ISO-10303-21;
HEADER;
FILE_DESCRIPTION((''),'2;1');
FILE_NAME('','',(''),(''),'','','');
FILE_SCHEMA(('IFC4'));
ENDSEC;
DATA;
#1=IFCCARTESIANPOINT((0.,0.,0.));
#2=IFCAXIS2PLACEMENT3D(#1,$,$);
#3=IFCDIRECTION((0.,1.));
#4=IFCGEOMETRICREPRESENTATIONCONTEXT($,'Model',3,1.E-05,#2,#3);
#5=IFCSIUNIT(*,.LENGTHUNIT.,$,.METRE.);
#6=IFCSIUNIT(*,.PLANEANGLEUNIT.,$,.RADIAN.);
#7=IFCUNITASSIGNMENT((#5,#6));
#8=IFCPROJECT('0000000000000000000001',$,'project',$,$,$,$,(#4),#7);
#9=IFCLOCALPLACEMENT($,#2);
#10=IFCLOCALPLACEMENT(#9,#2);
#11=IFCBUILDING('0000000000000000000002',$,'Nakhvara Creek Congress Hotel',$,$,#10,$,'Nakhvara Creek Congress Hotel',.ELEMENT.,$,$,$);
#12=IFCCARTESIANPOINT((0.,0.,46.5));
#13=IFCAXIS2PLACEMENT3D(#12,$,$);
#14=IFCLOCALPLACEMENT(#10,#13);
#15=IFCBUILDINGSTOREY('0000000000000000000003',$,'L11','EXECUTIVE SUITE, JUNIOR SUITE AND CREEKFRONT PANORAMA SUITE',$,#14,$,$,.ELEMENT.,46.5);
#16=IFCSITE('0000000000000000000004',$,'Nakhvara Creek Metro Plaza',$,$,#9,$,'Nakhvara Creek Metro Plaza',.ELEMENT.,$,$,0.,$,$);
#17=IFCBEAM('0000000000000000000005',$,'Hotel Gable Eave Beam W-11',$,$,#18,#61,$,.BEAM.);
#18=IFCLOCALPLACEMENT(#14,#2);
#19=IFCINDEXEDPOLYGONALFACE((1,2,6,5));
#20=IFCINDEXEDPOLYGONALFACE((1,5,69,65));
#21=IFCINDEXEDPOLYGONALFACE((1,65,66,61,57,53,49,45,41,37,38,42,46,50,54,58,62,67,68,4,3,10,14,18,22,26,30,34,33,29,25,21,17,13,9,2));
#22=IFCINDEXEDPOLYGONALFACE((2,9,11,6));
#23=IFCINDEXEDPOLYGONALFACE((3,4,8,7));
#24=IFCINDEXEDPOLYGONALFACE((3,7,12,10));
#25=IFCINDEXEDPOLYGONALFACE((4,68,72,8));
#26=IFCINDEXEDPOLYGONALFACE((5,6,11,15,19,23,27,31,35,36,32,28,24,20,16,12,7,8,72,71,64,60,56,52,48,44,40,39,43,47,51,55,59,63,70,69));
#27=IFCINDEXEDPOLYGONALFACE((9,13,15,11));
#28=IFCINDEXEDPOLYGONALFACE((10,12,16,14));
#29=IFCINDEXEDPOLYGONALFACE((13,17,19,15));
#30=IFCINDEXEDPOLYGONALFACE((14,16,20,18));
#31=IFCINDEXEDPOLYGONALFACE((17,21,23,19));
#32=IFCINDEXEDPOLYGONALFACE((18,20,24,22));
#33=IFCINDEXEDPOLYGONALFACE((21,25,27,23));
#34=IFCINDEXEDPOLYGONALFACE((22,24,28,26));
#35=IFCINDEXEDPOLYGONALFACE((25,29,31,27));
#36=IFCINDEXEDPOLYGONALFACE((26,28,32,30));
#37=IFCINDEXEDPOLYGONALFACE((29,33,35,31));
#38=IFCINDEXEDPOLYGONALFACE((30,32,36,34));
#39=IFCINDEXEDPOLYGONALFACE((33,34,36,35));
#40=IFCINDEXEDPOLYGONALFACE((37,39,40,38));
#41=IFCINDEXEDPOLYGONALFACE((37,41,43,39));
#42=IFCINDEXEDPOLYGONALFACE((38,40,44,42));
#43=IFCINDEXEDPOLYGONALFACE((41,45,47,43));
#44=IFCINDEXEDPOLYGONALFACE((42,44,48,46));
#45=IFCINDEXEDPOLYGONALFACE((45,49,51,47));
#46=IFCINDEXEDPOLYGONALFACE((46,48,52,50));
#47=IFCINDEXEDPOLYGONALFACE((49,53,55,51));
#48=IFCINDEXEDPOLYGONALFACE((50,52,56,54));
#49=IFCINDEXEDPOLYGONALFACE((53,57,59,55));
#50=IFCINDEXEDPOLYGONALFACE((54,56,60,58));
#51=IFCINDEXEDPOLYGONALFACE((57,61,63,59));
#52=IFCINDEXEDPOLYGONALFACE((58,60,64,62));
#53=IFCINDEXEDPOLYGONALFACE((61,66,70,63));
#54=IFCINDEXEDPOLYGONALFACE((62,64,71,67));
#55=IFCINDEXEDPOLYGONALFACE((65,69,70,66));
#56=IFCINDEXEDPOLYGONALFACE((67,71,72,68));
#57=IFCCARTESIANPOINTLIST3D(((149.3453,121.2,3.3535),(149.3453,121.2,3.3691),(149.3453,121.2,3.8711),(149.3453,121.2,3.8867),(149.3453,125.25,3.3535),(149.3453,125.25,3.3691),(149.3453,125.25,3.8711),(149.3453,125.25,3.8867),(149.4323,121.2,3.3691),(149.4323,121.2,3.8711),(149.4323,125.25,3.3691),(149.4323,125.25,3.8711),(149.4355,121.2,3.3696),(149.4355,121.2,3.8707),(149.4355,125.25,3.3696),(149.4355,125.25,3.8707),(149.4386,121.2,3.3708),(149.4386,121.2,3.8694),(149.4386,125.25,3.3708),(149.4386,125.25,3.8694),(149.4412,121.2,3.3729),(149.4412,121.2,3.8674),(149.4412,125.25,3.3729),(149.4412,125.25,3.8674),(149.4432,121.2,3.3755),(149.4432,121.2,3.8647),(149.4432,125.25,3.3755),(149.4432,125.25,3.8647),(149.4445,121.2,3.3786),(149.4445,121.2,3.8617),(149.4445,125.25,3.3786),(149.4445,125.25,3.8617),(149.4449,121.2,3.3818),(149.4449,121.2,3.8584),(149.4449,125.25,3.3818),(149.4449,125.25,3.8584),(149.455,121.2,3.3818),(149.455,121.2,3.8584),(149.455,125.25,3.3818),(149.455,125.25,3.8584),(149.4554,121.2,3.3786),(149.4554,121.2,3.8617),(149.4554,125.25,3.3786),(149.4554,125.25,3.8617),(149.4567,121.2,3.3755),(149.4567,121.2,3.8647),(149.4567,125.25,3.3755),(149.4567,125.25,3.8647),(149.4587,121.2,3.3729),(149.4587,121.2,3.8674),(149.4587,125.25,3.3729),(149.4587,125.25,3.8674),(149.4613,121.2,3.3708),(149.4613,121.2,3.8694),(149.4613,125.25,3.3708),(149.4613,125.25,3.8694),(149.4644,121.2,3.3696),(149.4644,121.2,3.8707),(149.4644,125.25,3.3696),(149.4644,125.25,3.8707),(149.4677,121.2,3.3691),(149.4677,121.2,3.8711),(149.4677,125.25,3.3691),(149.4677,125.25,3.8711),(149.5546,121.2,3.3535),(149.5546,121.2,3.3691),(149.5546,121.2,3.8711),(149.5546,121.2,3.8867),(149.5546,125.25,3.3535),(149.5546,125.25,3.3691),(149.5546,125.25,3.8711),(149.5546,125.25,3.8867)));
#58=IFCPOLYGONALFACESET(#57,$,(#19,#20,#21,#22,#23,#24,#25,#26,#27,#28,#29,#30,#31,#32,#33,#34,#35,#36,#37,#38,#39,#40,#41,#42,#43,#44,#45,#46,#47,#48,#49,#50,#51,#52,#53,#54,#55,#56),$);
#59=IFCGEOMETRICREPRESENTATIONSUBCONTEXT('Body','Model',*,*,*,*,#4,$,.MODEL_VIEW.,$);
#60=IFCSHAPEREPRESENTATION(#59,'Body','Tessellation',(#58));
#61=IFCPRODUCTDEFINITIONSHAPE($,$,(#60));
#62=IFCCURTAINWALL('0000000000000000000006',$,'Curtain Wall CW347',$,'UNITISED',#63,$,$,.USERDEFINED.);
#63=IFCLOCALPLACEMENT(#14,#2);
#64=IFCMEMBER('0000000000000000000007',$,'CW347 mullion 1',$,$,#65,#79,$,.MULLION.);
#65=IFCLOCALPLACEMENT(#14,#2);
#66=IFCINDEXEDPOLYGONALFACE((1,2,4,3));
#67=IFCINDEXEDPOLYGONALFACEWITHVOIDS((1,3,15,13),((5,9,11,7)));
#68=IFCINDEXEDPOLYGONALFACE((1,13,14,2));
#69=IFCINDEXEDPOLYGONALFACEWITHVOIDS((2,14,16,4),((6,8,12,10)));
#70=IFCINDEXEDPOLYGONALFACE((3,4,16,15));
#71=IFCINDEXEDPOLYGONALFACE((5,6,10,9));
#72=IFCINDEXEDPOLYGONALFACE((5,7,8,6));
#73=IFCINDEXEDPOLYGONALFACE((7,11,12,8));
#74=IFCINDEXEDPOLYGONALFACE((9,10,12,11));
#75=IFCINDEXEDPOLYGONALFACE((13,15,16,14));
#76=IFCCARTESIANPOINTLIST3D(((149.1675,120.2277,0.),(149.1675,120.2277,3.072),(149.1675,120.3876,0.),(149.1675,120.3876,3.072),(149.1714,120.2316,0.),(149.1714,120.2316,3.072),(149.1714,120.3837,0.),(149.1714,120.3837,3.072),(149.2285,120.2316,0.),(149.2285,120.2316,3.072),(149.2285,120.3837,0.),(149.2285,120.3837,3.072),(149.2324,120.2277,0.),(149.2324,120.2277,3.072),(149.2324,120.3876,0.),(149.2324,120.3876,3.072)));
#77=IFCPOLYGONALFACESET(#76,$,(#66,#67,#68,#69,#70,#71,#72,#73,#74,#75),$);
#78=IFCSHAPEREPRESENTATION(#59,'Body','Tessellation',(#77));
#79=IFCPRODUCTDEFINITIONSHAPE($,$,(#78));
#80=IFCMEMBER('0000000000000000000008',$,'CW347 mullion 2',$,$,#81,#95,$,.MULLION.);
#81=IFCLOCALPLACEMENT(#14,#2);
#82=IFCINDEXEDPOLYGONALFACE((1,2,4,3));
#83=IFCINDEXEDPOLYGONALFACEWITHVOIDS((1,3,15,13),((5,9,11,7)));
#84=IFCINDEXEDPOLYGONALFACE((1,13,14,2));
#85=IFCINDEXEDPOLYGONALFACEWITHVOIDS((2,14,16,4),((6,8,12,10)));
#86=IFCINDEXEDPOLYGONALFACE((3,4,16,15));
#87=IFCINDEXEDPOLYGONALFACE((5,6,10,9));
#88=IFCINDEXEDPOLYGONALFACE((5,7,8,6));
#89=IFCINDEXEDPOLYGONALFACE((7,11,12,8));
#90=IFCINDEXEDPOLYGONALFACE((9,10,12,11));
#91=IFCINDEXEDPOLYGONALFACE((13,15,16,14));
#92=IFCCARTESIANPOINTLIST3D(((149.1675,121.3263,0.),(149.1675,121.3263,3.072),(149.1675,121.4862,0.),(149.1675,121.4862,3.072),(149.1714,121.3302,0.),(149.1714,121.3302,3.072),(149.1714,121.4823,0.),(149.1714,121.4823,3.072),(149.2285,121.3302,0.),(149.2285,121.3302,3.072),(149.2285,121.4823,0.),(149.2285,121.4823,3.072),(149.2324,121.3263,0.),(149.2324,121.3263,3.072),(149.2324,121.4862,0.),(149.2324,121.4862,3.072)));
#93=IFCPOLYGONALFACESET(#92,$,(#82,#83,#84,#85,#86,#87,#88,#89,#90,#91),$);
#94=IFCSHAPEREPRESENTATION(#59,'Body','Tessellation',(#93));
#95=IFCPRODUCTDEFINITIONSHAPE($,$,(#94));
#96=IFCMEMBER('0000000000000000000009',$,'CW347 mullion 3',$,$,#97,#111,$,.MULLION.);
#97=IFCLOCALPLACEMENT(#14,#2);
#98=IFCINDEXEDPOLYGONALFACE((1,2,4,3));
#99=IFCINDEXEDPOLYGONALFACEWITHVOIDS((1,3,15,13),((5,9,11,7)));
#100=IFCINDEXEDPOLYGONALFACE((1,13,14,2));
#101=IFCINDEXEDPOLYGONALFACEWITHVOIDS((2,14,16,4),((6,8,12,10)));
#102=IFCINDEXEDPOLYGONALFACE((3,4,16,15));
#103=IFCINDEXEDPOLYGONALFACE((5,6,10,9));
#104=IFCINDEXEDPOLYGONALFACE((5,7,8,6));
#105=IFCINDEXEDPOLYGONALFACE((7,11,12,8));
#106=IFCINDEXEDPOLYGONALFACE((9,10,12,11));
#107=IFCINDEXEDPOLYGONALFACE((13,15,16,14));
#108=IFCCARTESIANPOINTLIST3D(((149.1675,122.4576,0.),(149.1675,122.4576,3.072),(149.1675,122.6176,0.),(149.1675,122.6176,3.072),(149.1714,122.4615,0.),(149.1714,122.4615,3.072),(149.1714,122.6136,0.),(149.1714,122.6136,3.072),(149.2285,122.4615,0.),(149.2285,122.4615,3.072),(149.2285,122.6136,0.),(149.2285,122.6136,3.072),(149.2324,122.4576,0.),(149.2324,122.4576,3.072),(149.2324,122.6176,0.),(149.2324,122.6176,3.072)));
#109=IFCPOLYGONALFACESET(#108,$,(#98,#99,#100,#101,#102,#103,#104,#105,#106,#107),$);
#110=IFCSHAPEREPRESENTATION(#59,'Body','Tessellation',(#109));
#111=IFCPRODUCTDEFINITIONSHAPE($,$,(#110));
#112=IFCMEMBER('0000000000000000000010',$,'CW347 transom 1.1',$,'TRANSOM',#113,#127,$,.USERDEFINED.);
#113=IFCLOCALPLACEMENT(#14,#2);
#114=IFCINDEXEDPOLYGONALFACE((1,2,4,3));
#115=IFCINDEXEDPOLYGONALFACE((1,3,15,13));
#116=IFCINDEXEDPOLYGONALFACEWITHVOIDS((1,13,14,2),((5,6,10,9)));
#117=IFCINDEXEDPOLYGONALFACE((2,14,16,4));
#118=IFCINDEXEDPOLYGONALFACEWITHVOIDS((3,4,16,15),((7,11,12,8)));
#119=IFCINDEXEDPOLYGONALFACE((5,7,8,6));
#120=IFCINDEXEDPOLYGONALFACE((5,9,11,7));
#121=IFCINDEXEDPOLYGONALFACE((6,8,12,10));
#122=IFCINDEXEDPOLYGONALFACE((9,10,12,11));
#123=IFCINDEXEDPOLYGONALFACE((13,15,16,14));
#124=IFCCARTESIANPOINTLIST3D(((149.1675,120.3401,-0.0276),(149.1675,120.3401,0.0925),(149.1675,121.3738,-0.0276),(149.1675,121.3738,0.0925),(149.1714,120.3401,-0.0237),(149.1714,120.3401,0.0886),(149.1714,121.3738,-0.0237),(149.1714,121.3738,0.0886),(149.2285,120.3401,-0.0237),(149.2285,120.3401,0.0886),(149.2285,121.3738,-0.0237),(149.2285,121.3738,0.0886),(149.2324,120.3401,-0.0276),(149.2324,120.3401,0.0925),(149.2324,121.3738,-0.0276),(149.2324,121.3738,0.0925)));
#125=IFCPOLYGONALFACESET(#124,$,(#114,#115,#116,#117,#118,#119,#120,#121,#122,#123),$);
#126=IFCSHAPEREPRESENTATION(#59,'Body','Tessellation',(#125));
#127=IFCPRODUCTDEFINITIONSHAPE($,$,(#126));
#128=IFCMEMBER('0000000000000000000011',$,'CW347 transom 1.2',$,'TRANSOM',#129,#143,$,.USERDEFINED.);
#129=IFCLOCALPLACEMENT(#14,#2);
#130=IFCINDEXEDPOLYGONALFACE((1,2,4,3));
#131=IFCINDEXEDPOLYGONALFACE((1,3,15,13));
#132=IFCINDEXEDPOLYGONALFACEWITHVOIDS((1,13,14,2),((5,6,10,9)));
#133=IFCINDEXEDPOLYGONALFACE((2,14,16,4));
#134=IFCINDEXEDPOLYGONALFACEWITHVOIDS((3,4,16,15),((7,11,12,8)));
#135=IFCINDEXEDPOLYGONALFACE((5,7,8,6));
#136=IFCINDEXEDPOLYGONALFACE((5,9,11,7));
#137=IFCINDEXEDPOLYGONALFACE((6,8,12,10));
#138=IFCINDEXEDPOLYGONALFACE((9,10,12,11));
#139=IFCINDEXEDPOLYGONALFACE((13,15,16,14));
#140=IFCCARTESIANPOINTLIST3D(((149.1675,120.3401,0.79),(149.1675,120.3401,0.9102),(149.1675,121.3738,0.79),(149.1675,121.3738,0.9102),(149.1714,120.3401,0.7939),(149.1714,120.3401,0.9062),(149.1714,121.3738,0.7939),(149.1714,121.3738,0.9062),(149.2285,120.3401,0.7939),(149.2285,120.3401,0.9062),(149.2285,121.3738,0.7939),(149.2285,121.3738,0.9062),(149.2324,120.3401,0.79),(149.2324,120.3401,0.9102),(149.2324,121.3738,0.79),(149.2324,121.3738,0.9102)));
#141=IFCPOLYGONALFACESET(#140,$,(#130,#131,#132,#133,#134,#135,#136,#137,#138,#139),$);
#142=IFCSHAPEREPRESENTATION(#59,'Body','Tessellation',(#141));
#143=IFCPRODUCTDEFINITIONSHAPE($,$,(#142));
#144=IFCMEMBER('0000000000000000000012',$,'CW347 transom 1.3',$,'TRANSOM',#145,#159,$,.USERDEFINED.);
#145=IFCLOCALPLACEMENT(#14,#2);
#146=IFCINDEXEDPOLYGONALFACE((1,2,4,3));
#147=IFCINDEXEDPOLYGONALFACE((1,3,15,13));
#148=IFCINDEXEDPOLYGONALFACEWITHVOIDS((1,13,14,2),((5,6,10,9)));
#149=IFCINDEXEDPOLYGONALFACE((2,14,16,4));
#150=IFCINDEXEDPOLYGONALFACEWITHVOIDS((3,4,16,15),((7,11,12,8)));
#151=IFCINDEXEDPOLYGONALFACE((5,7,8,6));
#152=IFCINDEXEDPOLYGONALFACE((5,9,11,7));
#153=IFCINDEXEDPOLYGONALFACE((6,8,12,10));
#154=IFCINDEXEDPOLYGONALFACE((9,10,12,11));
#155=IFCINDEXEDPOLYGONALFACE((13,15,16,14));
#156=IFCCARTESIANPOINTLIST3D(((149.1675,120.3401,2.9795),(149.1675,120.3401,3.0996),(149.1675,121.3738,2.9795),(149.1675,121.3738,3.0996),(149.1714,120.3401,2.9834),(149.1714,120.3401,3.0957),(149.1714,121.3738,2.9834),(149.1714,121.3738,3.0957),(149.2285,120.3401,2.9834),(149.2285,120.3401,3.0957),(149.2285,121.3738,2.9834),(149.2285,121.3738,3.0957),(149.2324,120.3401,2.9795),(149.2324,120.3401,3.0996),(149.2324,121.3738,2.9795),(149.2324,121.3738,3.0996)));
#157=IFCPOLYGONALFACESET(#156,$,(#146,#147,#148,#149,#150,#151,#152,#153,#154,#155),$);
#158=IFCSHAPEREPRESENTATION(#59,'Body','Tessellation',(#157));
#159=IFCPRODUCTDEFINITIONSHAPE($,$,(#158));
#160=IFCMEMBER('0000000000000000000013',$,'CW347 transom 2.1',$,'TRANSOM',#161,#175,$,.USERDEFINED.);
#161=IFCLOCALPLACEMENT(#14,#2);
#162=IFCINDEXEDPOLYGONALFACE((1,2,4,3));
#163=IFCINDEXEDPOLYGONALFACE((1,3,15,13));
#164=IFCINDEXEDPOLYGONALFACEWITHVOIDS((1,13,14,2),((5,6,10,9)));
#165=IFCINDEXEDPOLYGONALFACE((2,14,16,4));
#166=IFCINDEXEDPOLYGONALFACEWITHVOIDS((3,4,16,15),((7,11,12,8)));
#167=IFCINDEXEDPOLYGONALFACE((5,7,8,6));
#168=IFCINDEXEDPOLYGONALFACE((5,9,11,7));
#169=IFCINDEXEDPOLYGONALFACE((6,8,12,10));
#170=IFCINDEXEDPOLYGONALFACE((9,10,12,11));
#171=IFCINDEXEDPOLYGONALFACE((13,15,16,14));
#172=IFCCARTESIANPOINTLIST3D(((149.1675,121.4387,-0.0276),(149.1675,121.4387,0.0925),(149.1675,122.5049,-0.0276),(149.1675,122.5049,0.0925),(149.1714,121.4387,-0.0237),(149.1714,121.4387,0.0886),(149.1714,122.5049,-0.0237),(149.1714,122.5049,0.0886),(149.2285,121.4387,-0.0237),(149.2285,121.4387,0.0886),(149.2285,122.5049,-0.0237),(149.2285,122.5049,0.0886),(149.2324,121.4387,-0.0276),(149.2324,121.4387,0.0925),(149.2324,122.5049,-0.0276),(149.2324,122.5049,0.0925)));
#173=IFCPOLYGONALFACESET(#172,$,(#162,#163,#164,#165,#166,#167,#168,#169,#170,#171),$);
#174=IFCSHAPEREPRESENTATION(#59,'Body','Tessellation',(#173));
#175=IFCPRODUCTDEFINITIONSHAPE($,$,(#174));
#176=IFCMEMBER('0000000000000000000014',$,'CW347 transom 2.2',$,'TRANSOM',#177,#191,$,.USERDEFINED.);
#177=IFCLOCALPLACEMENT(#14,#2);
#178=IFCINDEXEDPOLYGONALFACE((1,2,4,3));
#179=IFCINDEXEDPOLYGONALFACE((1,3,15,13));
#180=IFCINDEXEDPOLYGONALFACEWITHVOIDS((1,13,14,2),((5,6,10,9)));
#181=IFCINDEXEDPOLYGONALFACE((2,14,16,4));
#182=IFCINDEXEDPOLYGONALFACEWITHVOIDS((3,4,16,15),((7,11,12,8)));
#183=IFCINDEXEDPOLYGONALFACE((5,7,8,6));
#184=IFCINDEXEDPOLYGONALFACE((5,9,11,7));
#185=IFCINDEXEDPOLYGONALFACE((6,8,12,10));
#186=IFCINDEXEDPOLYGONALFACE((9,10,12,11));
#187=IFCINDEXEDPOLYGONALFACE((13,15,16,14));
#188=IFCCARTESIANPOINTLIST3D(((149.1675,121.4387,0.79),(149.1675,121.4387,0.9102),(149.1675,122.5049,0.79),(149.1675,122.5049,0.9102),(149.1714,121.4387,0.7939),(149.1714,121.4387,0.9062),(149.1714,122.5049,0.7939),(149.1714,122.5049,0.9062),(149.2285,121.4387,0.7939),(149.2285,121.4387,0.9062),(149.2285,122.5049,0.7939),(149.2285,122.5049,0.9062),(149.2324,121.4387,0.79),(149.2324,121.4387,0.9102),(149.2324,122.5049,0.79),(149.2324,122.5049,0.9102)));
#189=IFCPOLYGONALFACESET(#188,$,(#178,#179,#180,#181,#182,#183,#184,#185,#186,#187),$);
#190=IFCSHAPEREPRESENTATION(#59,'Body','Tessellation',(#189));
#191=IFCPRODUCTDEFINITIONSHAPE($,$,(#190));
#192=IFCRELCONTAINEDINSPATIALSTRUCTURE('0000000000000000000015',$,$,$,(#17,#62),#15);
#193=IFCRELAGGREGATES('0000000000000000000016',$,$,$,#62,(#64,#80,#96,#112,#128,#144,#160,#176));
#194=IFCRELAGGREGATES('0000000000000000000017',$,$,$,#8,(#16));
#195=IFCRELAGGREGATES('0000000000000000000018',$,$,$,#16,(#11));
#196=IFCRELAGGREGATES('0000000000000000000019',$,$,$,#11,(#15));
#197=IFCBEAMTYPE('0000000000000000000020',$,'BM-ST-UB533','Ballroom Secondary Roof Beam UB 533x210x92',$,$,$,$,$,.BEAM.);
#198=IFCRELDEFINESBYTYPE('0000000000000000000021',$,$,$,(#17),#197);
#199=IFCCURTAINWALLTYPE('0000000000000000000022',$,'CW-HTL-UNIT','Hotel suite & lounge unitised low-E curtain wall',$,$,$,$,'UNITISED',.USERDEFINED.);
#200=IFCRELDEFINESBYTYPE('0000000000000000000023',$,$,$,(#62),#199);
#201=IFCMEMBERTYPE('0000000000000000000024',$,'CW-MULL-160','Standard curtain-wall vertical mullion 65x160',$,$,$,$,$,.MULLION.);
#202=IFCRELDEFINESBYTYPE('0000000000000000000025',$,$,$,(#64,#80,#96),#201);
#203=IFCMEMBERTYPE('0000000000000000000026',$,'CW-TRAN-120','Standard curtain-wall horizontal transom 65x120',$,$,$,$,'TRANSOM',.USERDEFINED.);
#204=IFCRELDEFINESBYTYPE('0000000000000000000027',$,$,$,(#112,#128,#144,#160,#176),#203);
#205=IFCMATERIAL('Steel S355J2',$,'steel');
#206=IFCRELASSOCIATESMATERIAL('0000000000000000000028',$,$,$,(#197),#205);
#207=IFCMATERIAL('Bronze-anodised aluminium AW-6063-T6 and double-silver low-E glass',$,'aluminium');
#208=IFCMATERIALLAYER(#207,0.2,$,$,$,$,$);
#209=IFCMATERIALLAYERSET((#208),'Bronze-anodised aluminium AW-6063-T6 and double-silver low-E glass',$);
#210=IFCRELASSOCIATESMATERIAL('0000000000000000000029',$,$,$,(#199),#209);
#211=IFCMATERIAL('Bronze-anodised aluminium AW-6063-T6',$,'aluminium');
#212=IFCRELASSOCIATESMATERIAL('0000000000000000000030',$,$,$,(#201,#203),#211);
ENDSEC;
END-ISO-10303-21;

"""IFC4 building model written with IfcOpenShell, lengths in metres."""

from ifc_helpers import new_model, si_unit, direction, frame, origin, origin_2d, place, context, subcontext, project, spatial, hollow_rectangle, i_section, extrude, material, layer, layer_set, material_profile, profile_set, type_object, element, aggregate, save


model = new_model("IFC4")

# Units and contexts
model_context = context("Model", 3, precision=1e-05, world=origin(), true_north=direction((0.0, 1.0)))
body_context = subcontext(model_context, "Body", "Model", "MODEL_VIEW")
ifc_project = project(units=[si_unit("LENGTHUNIT", "METRE"), si_unit("PLANEANGLEUNIT", "RADIAN")], contexts=[model_context])

# Site, building, storey
site_placement = place(None, origin())
site = spatial("IfcSite", under=ifc_project, at=site_placement, Name="Nakhvara Creek Metro Plaza", LongName="Nakhvara Creek Metro Plaza", CompositionType="ELEMENT", RefElevation=0.0)
building_placement = place(site_placement, origin())
building = spatial("IfcBuilding", under=site, at=building_placement, Name="Nakhvara Creek Congress Hotel", LongName="Nakhvara Creek Congress Hotel", CompositionType="ELEMENT")
storey_placement = place(building_placement, frame((0.0, 0.0, 46.5)))
storey = spatial("IfcBuildingStorey", under=building, at=storey_placement, Name="L11", Description="EXECUTIVE SUITE, JUNIOR SUITE AND CREEKFRONT PANORAMA SUITE", CompositionType="ELEMENT", Elevation=46.5)

# Beam
ifc_material_1 = material(Name="Steel S355J2", Category="steel")
ifc_material_profile_1 = material_profile(ifc_material_1, i_section(OverallWidth=0.2092, OverallDepth=0.5332, WebThickness=0.01, FlangeThickness=0.0156, FilletRadius=0.0127, at=origin_2d()), Name="UB 533x210x92", Category="LoadBearing")
ifc_profile_set_1 = profile_set([ifc_material_profile_1], Name="Steel S355J2")
beam_type = type_object("IfcBeamType", Name="BM-ST-UB533", Description="Ballroom Secondary Roof Beam UB 533x210x92", PredefinedType="BEAM", material=ifc_profile_set_1)
beam_placement = place(storey_placement, frame((149.45, 121.2, 3.6201), z_axis=(0.0, 1.0, 0.0), x_axis=(-1.0, 0.0, 0.0)))
element("IfcBeam", 1, at=beam_placement, inside=storey, type_object=beam_type, Name="Hotel Gable Eave Beam W-11", PredefinedType="BEAM", context=body_context, shape_type="SweptSolid", body=[
    extrude(i_section(OverallWidth=0.2092, OverallDepth=0.5332, WebThickness=0.01, FlangeThickness=0.0156, FilletRadius=0.0127, at=origin_2d()), origin(), (0.0, 0.0, 1.0), 4.05),
])

# Curtain wall, members
ifc_material_2 = material(Name="Bronze-anodised aluminium AW-6063-T6 and double-silver low-E glass", Category="aluminium")
ifc_layer = layer(ifc_material_2, 0.2)
ifc_layer_set = layer_set([ifc_layer], Name="Bronze-anodised aluminium AW-6063-T6 and double-silver low-E glass")
curtain_wall_type = type_object("IfcCurtainWallType", Name="CW-HTL-UNIT", Description="Hotel suite & lounge unitised low-E curtain wall", ElementType="UNITISED", PredefinedType="USERDEFINED", material=ifc_layer_set)
curtain_wall_placement = place(storey_placement, origin())
curtain_wall = element("IfcCurtainWall", 2, at=curtain_wall_placement, inside=storey, type_object=curtain_wall_type, Name="Curtain Wall CW347", ObjectType="UNITISED", PredefinedType="USERDEFINED")
ifc_material_3 = material(Name="Bronze-anodised aluminium AW-6063-T6", Category="aluminium")
ifc_material_profile_2 = material_profile(ifc_material_3, hollow_rectangle(XDim=0.0649, YDim=0.1599, WallThickness=0.0039, at=origin_2d()), Name="ALU-MULL 65x160x4", Category="LoadBearing")
ifc_profile_set_2 = profile_set([ifc_material_profile_2], Name="Bronze-anodised aluminium AW-6063-T6")
member_type_1 = type_object("IfcMemberType", Name="CW-MULL-160", Description="Standard curtain-wall vertical mullion 65x160", PredefinedType="MULLION", material=ifc_profile_set_2)
member_1_placement = place(storey_placement, frame((149.2, 120.3076, 0.0), z_axis=(0.0, 0.0, 1.0), x_axis=(-1.0, 0.0, 0.0)))
member_1 = element("IfcMember", 3, at=member_1_placement, type_object=member_type_1, Name="CW347 mullion 1", PredefinedType="MULLION", context=body_context, shape_type="SweptSolid", body=[
    extrude(hollow_rectangle(XDim=0.0649, YDim=0.1599, WallThickness=0.0039, at=origin_2d()), origin(), (0.0, 0.0, 1.0), 3.072),
])
member_2_placement = place(storey_placement, frame((149.2, 121.4062, 0.0), z_axis=(0.0, 0.0, 1.0), x_axis=(-1.0, 0.0, 0.0)))
member_2 = element("IfcMember", 4, at=member_2_placement, type_object=member_type_1, Name="CW347 mullion 2", PredefinedType="MULLION", context=body_context, shape_type="SweptSolid", body=[
    extrude(hollow_rectangle(XDim=0.0649, YDim=0.1599, WallThickness=0.0039, at=origin_2d()), origin(), (0.0, 0.0, 1.0), 3.072),
])
member_3_placement = place(storey_placement, frame((149.2, 122.5376, 0.0), z_axis=(0.0, 0.0, 1.0), x_axis=(-1.0, 0.0, 0.0)))
member_3 = element("IfcMember", 5, at=member_3_placement, type_object=member_type_1, Name="CW347 mullion 3", PredefinedType="MULLION", context=body_context, shape_type="SweptSolid", body=[
    extrude(hollow_rectangle(XDim=0.0649, YDim=0.1599, WallThickness=0.0039, at=origin_2d()), origin(), (0.0, 0.0, 1.0), 3.072),
])
ifc_material_profile_3 = material_profile(ifc_material_3, hollow_rectangle(XDim=0.0649, YDim=0.1201, WallThickness=0.0039, at=origin_2d()), Name="ALU-TRAN 65x120x4", Category="LoadBearing")
ifc_profile_set_3 = profile_set([ifc_material_profile_3], Name="Bronze-anodised aluminium AW-6063-T6")
member_type_2 = type_object("IfcMemberType", Name="CW-TRAN-120", Description="Standard curtain-wall horizontal transom 65x120", ElementType="TRANSOM", PredefinedType="USERDEFINED", material=ifc_profile_set_3)
member_4_placement = place(storey_placement, frame((149.2, 120.3401, 0.0325), z_axis=(0.0, 1.0, 0.0), x_axis=(-1.0, 0.0, 0.0)))
member_4 = element("IfcMember", 6, at=member_4_placement, type_object=member_type_2, Name="CW347 transom 1.1", ObjectType="TRANSOM", PredefinedType="USERDEFINED", context=body_context, shape_type="SweptSolid", body=[
    extrude(hollow_rectangle(XDim=0.0649, YDim=0.1201, WallThickness=0.0039, at=origin_2d()), origin(), (0.0, 0.0, 1.0), 1.0337),
])
member_5_placement = place(storey_placement, frame((149.2, 120.3401, 0.8501), z_axis=(0.0, 1.0, 0.0), x_axis=(-1.0, 0.0, 0.0)))
member_5 = element("IfcMember", 7, at=member_5_placement, type_object=member_type_2, Name="CW347 transom 1.2", ObjectType="TRANSOM", PredefinedType="USERDEFINED", context=body_context, shape_type="SweptSolid", body=[
    extrude(hollow_rectangle(XDim=0.0649, YDim=0.1201, WallThickness=0.0039, at=origin_2d()), origin(), (0.0, 0.0, 1.0), 1.0337),
])
member_6_placement = place(storey_placement, frame((149.2, 120.3401, 3.0396), z_axis=(0.0, 1.0, 0.0), x_axis=(-1.0, 0.0, 0.0)))
member_6 = element("IfcMember", 8, at=member_6_placement, type_object=member_type_2, Name="CW347 transom 1.3", ObjectType="TRANSOM", PredefinedType="USERDEFINED", context=body_context, shape_type="SweptSolid", body=[
    extrude(hollow_rectangle(XDim=0.0649, YDim=0.1201, WallThickness=0.0039, at=origin_2d()), origin(), (0.0, 0.0, 1.0), 1.0337),
])
member_7_placement = place(storey_placement, frame((149.2, 121.4387, 0.0325), z_axis=(0.0, 1.0, 0.0), x_axis=(-1.0, 0.0, 0.0)))
member_7 = element("IfcMember", 9, at=member_7_placement, type_object=member_type_2, Name="CW347 transom 2.1", ObjectType="TRANSOM", PredefinedType="USERDEFINED", context=body_context, shape_type="SweptSolid", body=[
    extrude(hollow_rectangle(XDim=0.0649, YDim=0.1201, WallThickness=0.0039, at=origin_2d()), origin(), (0.0, 0.0, 1.0), 1.0662),
])
member_8_placement = place(storey_placement, frame((149.2, 121.4387, 0.8501), z_axis=(0.0, 1.0, 0.0), x_axis=(-1.0, 0.0, 0.0)))
member_8 = element("IfcMember", 10, at=member_8_placement, type_object=member_type_2, Name="CW347 transom 2.2", ObjectType="TRANSOM", PredefinedType="USERDEFINED", context=body_context, shape_type="SweptSolid", body=[
    extrude(hollow_rectangle(XDim=0.0649, YDim=0.1201, WallThickness=0.0039, at=origin_2d()), origin(), (0.0, 0.0, 1.0), 1.0662),
])
aggregate(curtain_wall, [member_1, member_2, member_3, member_4, member_5, member_6, member_7, member_8])

save(model, "model.ifc")
